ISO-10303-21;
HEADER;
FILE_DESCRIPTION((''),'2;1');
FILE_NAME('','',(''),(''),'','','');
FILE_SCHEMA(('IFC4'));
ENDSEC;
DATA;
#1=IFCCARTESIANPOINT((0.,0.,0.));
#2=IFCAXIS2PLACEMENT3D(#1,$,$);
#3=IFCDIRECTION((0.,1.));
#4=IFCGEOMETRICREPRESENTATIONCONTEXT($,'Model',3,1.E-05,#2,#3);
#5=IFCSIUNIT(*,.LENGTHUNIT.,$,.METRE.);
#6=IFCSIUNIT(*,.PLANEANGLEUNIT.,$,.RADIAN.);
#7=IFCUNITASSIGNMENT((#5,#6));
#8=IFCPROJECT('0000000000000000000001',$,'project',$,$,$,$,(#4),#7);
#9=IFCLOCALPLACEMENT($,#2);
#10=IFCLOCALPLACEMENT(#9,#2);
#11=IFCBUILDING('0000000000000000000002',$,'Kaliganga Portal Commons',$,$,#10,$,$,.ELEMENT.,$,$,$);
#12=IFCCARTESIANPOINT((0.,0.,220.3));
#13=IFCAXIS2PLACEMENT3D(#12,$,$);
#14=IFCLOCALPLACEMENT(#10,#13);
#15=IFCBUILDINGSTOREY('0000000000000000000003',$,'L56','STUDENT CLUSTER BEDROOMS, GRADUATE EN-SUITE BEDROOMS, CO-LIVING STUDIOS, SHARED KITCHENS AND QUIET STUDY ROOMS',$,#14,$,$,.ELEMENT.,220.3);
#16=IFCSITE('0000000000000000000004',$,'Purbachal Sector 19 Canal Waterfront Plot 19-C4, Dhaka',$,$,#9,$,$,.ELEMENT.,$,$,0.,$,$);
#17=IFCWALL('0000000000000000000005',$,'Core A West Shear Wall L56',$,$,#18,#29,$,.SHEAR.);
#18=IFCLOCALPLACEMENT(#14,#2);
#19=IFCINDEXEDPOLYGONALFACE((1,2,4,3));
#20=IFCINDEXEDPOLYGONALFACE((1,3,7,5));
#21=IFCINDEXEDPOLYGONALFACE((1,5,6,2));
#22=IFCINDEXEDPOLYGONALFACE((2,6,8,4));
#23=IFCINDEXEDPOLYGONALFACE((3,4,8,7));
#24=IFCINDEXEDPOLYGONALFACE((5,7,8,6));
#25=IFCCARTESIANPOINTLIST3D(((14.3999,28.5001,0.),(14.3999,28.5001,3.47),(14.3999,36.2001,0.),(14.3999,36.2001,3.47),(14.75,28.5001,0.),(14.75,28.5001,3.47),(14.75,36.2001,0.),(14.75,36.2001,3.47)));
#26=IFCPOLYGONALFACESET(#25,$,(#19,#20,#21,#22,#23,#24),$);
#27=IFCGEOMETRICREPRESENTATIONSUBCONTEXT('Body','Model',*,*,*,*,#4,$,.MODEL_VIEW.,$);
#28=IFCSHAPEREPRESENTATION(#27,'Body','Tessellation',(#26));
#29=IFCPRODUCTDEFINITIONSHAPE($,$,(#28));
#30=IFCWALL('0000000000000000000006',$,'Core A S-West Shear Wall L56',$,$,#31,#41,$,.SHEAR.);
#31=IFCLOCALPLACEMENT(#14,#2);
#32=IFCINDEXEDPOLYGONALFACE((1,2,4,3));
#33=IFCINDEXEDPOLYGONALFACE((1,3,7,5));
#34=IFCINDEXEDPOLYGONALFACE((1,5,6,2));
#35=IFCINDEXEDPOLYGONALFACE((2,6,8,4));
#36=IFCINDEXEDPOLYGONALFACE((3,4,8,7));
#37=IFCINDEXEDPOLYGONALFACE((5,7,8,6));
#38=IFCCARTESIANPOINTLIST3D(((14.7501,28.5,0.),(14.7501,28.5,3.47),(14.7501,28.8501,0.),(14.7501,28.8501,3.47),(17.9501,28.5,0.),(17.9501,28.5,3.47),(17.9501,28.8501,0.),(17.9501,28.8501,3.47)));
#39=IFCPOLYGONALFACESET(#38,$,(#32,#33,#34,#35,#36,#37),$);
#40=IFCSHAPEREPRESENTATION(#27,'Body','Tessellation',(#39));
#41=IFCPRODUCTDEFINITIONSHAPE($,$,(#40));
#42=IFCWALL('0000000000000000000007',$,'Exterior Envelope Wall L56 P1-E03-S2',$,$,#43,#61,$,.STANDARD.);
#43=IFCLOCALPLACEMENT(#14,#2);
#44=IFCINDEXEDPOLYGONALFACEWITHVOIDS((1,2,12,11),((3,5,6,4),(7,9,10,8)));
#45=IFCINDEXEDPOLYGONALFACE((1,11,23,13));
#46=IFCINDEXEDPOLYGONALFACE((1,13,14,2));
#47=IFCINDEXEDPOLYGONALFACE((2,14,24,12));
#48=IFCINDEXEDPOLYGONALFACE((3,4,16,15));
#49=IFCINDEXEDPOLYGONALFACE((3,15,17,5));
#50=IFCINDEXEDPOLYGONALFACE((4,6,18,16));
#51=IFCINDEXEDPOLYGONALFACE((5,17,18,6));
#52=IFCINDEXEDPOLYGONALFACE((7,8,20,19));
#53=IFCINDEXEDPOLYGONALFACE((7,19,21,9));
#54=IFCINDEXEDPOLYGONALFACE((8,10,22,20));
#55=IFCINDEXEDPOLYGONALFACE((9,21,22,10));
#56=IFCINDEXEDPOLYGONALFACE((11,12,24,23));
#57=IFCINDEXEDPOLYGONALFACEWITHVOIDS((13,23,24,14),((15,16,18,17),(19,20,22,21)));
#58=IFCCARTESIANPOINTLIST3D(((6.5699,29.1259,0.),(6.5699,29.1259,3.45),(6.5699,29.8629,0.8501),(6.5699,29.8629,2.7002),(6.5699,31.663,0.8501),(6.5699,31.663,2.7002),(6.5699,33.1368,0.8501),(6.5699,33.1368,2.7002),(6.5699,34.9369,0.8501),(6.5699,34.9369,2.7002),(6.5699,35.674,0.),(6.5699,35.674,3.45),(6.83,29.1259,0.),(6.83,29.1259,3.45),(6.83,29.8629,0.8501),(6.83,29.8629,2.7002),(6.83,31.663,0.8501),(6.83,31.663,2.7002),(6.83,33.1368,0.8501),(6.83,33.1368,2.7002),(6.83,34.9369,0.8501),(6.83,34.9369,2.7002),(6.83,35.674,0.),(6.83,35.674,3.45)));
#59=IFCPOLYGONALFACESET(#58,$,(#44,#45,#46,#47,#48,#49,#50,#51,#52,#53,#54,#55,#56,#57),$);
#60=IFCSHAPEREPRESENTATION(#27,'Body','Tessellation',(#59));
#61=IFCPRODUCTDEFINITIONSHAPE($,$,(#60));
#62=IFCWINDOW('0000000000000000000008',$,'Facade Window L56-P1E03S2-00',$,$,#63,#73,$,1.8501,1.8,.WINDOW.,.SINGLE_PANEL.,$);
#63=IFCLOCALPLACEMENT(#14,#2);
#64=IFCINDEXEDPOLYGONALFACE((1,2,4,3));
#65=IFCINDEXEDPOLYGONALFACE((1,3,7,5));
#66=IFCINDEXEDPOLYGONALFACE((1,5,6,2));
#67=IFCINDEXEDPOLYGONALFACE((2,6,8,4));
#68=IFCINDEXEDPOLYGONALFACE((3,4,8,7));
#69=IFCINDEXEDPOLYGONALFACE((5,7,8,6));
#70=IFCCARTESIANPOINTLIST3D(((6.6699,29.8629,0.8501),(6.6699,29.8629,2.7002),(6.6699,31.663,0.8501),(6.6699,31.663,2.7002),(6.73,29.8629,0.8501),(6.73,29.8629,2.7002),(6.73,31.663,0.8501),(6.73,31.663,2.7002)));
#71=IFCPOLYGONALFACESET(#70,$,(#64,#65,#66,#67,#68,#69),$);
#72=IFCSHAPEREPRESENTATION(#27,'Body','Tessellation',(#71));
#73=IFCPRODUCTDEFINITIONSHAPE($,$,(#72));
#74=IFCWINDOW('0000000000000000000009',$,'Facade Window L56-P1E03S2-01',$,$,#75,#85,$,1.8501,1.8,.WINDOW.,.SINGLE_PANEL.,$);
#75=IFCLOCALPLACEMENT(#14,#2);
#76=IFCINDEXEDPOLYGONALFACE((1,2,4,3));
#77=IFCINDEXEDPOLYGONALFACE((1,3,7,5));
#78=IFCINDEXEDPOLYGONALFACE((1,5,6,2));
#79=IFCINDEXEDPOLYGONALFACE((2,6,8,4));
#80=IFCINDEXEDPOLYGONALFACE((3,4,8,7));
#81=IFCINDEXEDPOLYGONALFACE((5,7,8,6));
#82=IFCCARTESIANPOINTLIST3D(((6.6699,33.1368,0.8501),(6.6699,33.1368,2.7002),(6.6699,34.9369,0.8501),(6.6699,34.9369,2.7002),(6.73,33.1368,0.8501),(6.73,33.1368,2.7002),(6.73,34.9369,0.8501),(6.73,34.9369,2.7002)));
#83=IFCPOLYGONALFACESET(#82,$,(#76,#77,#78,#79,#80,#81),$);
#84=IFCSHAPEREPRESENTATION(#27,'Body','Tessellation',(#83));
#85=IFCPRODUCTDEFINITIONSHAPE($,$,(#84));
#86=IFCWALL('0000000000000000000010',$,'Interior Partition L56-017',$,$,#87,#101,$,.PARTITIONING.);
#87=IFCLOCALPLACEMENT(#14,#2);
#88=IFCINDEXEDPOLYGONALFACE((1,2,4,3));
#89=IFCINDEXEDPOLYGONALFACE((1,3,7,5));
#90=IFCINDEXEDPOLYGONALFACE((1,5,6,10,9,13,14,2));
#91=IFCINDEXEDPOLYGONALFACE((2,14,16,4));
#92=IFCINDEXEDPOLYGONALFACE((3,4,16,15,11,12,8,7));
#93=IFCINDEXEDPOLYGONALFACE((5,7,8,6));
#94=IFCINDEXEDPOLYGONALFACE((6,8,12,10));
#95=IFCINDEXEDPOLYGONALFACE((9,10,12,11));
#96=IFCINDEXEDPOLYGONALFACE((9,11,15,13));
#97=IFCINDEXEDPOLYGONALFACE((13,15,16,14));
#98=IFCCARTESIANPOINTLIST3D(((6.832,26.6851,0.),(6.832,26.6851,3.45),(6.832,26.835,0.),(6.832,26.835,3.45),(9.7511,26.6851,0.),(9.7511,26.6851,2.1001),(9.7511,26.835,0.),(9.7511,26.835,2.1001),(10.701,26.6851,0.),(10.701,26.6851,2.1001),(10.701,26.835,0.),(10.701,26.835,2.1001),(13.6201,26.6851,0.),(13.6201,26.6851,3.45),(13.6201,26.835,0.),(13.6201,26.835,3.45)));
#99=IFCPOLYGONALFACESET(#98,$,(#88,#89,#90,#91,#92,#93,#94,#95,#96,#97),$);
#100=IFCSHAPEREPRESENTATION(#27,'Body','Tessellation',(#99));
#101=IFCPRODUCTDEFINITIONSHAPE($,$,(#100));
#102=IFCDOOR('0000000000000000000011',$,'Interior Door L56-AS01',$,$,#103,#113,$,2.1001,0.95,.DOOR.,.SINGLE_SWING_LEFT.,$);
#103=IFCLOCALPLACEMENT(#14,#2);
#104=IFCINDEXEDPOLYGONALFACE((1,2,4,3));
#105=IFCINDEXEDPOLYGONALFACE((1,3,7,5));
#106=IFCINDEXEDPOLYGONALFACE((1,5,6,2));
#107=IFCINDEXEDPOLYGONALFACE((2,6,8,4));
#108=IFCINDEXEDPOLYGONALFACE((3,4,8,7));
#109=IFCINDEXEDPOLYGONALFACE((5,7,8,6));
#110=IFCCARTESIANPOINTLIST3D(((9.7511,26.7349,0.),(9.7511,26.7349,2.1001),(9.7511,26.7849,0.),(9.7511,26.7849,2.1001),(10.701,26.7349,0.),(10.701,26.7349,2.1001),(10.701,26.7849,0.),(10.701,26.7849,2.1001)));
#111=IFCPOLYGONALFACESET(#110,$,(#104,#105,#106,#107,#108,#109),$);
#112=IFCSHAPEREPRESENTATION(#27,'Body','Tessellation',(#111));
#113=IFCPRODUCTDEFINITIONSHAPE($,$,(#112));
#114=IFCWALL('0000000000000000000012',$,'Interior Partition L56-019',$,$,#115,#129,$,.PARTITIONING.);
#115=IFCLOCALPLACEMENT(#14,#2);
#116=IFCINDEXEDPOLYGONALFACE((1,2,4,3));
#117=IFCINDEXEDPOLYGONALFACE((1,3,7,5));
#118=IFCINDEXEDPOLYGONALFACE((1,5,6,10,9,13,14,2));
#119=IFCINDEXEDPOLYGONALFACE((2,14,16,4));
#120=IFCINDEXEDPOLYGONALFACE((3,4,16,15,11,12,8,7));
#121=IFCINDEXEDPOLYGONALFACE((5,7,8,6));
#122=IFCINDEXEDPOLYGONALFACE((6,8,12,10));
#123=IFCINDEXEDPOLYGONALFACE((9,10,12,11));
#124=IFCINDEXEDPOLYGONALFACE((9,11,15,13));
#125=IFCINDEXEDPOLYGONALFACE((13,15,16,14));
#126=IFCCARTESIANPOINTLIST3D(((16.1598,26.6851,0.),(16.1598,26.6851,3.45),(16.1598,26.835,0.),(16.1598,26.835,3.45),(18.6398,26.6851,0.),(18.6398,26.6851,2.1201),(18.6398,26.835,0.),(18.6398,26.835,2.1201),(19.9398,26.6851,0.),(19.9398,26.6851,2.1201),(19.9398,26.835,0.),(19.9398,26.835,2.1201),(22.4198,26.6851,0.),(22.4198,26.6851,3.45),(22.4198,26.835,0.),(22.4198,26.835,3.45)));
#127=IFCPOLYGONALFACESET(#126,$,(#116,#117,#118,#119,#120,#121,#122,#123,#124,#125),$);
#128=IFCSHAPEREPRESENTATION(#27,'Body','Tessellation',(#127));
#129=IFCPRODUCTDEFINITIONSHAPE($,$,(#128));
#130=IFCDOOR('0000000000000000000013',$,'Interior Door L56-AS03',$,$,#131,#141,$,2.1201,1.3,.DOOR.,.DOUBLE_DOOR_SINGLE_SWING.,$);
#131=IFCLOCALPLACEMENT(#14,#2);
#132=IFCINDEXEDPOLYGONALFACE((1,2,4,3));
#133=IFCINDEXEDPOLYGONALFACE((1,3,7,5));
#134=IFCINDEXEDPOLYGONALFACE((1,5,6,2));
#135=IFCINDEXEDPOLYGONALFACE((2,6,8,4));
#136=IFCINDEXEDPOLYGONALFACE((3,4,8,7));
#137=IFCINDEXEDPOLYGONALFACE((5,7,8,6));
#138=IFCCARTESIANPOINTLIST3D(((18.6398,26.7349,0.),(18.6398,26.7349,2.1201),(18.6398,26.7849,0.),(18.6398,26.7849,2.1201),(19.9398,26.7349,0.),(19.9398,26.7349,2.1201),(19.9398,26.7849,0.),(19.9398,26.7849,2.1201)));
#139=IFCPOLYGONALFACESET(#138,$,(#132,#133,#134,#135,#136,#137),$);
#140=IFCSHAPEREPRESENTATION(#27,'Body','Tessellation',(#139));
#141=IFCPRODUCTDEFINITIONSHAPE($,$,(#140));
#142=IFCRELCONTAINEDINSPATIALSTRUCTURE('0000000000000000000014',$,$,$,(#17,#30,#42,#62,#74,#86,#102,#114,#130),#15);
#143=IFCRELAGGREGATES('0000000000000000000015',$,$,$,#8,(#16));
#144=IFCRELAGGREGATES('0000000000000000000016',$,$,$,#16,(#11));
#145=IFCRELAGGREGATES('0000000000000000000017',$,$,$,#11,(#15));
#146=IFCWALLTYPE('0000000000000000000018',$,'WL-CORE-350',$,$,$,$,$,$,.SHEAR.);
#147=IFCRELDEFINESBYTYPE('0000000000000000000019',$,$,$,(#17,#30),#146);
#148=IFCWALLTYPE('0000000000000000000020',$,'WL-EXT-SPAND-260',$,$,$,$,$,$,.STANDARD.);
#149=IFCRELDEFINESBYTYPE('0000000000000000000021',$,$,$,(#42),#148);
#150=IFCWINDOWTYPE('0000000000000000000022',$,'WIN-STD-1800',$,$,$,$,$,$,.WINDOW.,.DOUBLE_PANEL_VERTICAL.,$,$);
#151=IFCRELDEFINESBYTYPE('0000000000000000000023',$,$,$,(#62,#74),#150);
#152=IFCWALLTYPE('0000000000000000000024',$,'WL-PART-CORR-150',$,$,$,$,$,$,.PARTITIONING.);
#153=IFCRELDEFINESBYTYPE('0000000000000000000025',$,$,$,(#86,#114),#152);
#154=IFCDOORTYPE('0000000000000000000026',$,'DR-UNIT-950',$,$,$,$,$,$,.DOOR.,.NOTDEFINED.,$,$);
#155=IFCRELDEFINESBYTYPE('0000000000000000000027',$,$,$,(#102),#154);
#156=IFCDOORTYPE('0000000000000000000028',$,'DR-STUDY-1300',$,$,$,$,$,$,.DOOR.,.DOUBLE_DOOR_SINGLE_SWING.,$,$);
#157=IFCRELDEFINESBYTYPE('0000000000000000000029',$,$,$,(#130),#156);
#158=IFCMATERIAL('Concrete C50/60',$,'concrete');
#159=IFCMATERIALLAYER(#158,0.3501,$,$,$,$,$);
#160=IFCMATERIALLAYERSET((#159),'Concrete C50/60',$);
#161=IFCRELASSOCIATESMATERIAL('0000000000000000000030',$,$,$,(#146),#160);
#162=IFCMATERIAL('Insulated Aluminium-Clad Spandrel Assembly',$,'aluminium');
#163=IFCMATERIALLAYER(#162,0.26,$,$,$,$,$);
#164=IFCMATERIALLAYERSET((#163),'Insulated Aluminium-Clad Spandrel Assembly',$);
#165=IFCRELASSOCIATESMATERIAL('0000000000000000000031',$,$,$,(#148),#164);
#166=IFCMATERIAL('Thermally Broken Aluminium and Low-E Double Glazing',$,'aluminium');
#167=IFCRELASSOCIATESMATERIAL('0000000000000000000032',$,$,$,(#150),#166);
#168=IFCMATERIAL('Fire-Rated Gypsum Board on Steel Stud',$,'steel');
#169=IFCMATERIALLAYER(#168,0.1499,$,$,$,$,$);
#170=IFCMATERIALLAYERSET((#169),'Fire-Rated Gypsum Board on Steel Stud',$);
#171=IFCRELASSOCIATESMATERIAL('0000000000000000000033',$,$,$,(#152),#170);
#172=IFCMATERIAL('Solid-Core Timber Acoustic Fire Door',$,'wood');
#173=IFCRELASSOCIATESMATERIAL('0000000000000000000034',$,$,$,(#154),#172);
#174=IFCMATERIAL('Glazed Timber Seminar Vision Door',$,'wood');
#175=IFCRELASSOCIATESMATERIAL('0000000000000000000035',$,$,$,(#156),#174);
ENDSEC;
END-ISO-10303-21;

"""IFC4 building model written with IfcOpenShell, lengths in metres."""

from ifc_helpers import new_model, si_unit, direction, frame, frame_2d, origin, place, context, subcontext, project, spatial, rectangle, extrude, material, layer, layer_set, type_object, element, fill, save


model = new_model("IFC4")

# Units and contexts
model_context = context("Model", 3, precision=1e-05, world=origin(), true_north=direction((0.0, 1.0)))
body_context = subcontext(model_context, "Body", "Model", "MODEL_VIEW")
ifc_project = project(units=[si_unit("LENGTHUNIT", "METRE"), si_unit("PLANEANGLEUNIT", "RADIAN")], contexts=[model_context])

# Site, building, storey
site_placement = place(None, origin())
site = spatial("IfcSite", under=ifc_project, at=site_placement, Name="Purbachal Sector 19 Canal Waterfront Plot 19-C4, Dhaka", CompositionType="ELEMENT", RefElevation=0.0)
building_placement = place(site_placement, origin())
building = spatial("IfcBuilding", under=site, at=building_placement, Name="Kaliganga Portal Commons", CompositionType="ELEMENT")
storey_placement = place(building_placement, frame((0.0, 0.0, 220.3)))
storey = spatial("IfcBuildingStorey", under=building, at=storey_placement, Name="L56", Description="STUDENT CLUSTER BEDROOMS, GRADUATE EN-SUITE BEDROOMS, CO-LIVING STUDIOS, SHARED KITCHENS AND QUIET STUDY ROOMS", CompositionType="ELEMENT", Elevation=220.3)

# Shared definitions
ifc_material_1 = material(Name="Concrete C50/60", Category="concrete")

# Walls
ifc_layer_1 = layer(ifc_material_1, 0.3501)
ifc_layer_set_1 = layer_set([ifc_layer_1], Name="Concrete C50/60")
wall_type_1 = type_object("IfcWallType", Name="WL-CORE-350", PredefinedType="SHEAR", material=ifc_layer_set_1)
wall_1_placement = place(storey_placement, frame((14.575, 28.5, 0.0), z_axis=(0.0, 0.0, 1.0), x_axis=(0.0, 1.0, 0.0)))
element("IfcWall", 1, at=wall_1_placement, inside=storey, type_object=wall_type_1, Name="Core A West Shear Wall L56", PredefinedType="SHEAR", context=body_context, shape_type="SweptSolid", body=[
    extrude(rectangle(XDim=7.7, YDim=0.3501, at=frame_2d((3.8501, 0.0))), origin(), (0.0, 0.0, 1.0), 3.47),
])
wall_2_placement = place(storey_placement, frame((14.75, 28.675, 0.0), z_axis=(0.0, 0.0, 1.0), x_axis=(1.0, 0.0, 0.0)))
element("IfcWall", 2, at=wall_2_placement, inside=storey, type_object=wall_type_1, Name="Core A S-West Shear Wall L56", PredefinedType="SHEAR", context=body_context, shape_type="SweptSolid", body=[
    extrude(rectangle(XDim=3.2, YDim=0.3501, at=frame_2d((1.6001, 0.0))), origin(), (0.0, 0.0, 1.0), 3.47),
])

# Wall, openings, windows
ifc_material_2 = material(Name="Insulated Aluminium-Clad Spandrel Assembly", Category="aluminium")
ifc_layer_2 = layer(ifc_material_2, 0.26)
ifc_layer_set_2 = layer_set([ifc_layer_2], Name="Insulated Aluminium-Clad Spandrel Assembly")
wall_type_2 = type_object("IfcWallType", Name="WL-EXT-SPAND-260", PredefinedType="STANDARD", material=ifc_layer_set_2)
wall_3_placement = place(storey_placement, frame((6.7, 29.126, 0.0), z_axis=(0.0, 0.0, 1.0), x_axis=(0.0, 1.0, 0.0)))
wall_3 = element("IfcWall", 3, at=wall_3_placement, inside=storey, type_object=wall_type_2, Name="Exterior Envelope Wall L56 P1-E03-S2", PredefinedType="STANDARD", context=body_context, shape_type="SweptSolid", body=[
    extrude(rectangle(XDim=6.5481, YDim=0.26, at=frame_2d((3.2739, 0.0))), origin(), (0.0, 0.0, 1.0), 3.45),
])
opening_1_placement = place(wall_3_placement, frame((0.7371, 0.0, 0.8501)))
opening_1 = element("IfcOpeningElement", 4, at=opening_1_placement, cuts=wall_3, PredefinedType="OPENING", context=body_context, shape_type="SweptSolid", body=[
    extrude(rectangle(XDim=1.8, YDim=1.8501, at=frame_2d((0.8999, 0.925))), frame((0.0, 0.1401, 0.0), z_axis=(0.0, -1.0, 0.0), x_axis=(1.0, 0.0, 0.0)), (0.0, 0.0, 1.0), 0.28),
])
opening_2_placement = place(wall_3_placement, frame((4.011, 0.0, 0.8501)))
opening_2 = element("IfcOpeningElement", 5, at=opening_2_placement, cuts=wall_3, PredefinedType="OPENING", context=body_context, shape_type="SweptSolid", body=[
    extrude(rectangle(XDim=1.8, YDim=1.8501, at=frame_2d((0.8999, 0.925))), frame((0.0, 0.1401, 0.0), z_axis=(0.0, -1.0, 0.0), x_axis=(1.0, 0.0, 0.0)), (0.0, 0.0, 1.0), 0.28),
])
ifc_material_3 = material(Name="Thermally Broken Aluminium and Low-E Double Glazing", Category="aluminium")
window_type = type_object("IfcWindowType", Name="WIN-STD-1800", PartitioningType="DOUBLE_PANEL_VERTICAL", PredefinedType="WINDOW", material=ifc_material_3)
window_1_placement = place(opening_1_placement, origin())
window_1 = element("IfcWindow", 6, at=window_1_placement, inside=storey, type_object=window_type, Name="Facade Window L56-P1E03S2-00", OverallHeight=1.8501, OverallWidth=1.8, PartitioningType="SINGLE_PANEL", PredefinedType="WINDOW", context=body_context, shape_type="SweptSolid", body=[
    extrude(rectangle(XDim=1.8, YDim=1.8501, at=frame_2d((0.8999, 0.925))), frame((0.0, 0.03, 0.0), z_axis=(0.0, -1.0, 0.0), x_axis=(1.0, 0.0, 0.0)), (0.0, 0.0, 1.0), 0.0601),
])
fill(opening_1, window_1)
window_2_placement = place(opening_2_placement, origin())
window_2 = element("IfcWindow", 7, at=window_2_placement, inside=storey, type_object=window_type, Name="Facade Window L56-P1E03S2-01", OverallHeight=1.8501, OverallWidth=1.8, PartitioningType="SINGLE_PANEL", PredefinedType="WINDOW", context=body_context, shape_type="SweptSolid", body=[
    extrude(rectangle(XDim=1.8, YDim=1.8501, at=frame_2d((0.8999, 0.925))), frame((0.0, 0.03, 0.0), z_axis=(0.0, -1.0, 0.0), x_axis=(1.0, 0.0, 0.0)), (0.0, 0.0, 1.0), 0.0601),
])
fill(opening_2, window_2)

# Walls, openings, doors
ifc_material_4 = material(Name="Fire-Rated Gypsum Board on Steel Stud", Category="steel")
ifc_layer_3 = layer(ifc_material_4, 0.1499)
ifc_layer_set_3 = layer_set([ifc_layer_3], Name="Fire-Rated Gypsum Board on Steel Stud")
wall_type_3 = type_object("IfcWallType", Name="WL-PART-CORR-150", PredefinedType="PARTITIONING", material=ifc_layer_set_3)
wall_4_placement = place(storey_placement, frame((6.832, 26.76, 0.0), z_axis=(0.0, 0.0, 1.0), x_axis=(1.0, 0.0, 0.0)))
wall_4 = element("IfcWall", 8, at=wall_4_placement, inside=storey, type_object=wall_type_3, Name="Interior Partition L56-017", PredefinedType="PARTITIONING", context=body_context, shape_type="SweptSolid", body=[
    extrude(rectangle(XDim=6.7881, YDim=0.1499, at=frame_2d((3.394, 0.0))), origin(), (0.0, 0.0, 1.0), 3.45),
])
opening_3_placement = place(wall_4_placement, frame((2.9189, 0.0, 0.0)))
opening_3 = element("IfcOpeningElement", 9, at=opening_3_placement, cuts=wall_4, PredefinedType="OPENING", context=body_context, shape_type="SweptSolid", body=[
    extrude(rectangle(XDim=0.95, YDim=2.1001, at=frame_2d((0.4751, 1.05))), frame((0.0, 0.085, 0.0), z_axis=(0.0, -1.0, 0.0), x_axis=(1.0, 0.0, 0.0)), (0.0, 0.0, 1.0), 0.1699),
])
ifc_material_5 = material(Name="Solid-Core Timber Acoustic Fire Door", Category="wood")
door_type_1 = type_object("IfcDoorType", Name="DR-UNIT-950", OperationType="NOTDEFINED", PredefinedType="DOOR", material=ifc_material_5)
door_1_placement = place(opening_3_placement, origin())
door_1 = element("IfcDoor", 10, at=door_1_placement, inside=storey, type_object=door_type_1, Name="Interior Door L56-AS01", OperationType="SINGLE_SWING_LEFT", OverallHeight=2.1001, OverallWidth=0.95, PredefinedType="DOOR", context=body_context, shape_type="SweptSolid", body=[
    extrude(rectangle(XDim=0.95, YDim=2.1001, at=frame_2d((0.4751, 1.05))), frame((0.0, 0.0249, 0.0), z_axis=(0.0, -1.0, 0.0), x_axis=(1.0, 0.0, 0.0)), (0.0, 0.0, 1.0), 0.05),
])
fill(opening_3, door_1)
wall_5_placement = place(storey_placement, frame((16.1599, 26.76, 0.0), z_axis=(0.0, 0.0, 1.0), x_axis=(1.0, 0.0, 0.0)))
wall_5 = element("IfcWall", 11, at=wall_5_placement, inside=storey, type_object=wall_type_3, Name="Interior Partition L56-019", PredefinedType="PARTITIONING", context=body_context, shape_type="SweptSolid", body=[
    extrude(rectangle(XDim=6.26, YDim=0.1499, at=frame_2d((3.1299, 0.0))), origin(), (0.0, 0.0, 1.0), 3.45),
])
opening_4_placement = place(wall_5_placement, frame((2.48, 0.0, 0.0)))
opening_4 = element("IfcOpeningElement", 12, at=opening_4_placement, cuts=wall_5, PredefinedType="OPENING", context=body_context, shape_type="SweptSolid", body=[
    extrude(rectangle(XDim=1.3, YDim=2.1201, at=frame_2d((0.6499, 1.0601))), frame((0.0, 0.085, 0.0), z_axis=(0.0, -1.0, 0.0), x_axis=(1.0, 0.0, 0.0)), (0.0, 0.0, 1.0), 0.1699),
])
ifc_material_6 = material(Name="Glazed Timber Seminar Vision Door", Category="wood")
door_type_2 = type_object("IfcDoorType", Name="DR-STUDY-1300", OperationType="DOUBLE_DOOR_SINGLE_SWING", PredefinedType="DOOR", material=ifc_material_6)
door_2_placement = place(opening_4_placement, origin())
door_2 = element("IfcDoor", 13, at=door_2_placement, inside=storey, type_object=door_type_2, Name="Interior Door L56-AS03", OperationType="DOUBLE_DOOR_SINGLE_SWING", OverallHeight=2.1201, OverallWidth=1.3, PredefinedType="DOOR", context=body_context, shape_type="SweptSolid", body=[
    extrude(rectangle(XDim=1.3, YDim=2.1201, at=frame_2d((0.6499, 1.0601))), frame((0.0, 0.0249, 0.0), z_axis=(0.0, -1.0, 0.0), x_axis=(1.0, 0.0, 0.0)), (0.0, 0.0, 1.0), 0.05),
])
fill(opening_4, door_2)

save(model, "model.ifc")
